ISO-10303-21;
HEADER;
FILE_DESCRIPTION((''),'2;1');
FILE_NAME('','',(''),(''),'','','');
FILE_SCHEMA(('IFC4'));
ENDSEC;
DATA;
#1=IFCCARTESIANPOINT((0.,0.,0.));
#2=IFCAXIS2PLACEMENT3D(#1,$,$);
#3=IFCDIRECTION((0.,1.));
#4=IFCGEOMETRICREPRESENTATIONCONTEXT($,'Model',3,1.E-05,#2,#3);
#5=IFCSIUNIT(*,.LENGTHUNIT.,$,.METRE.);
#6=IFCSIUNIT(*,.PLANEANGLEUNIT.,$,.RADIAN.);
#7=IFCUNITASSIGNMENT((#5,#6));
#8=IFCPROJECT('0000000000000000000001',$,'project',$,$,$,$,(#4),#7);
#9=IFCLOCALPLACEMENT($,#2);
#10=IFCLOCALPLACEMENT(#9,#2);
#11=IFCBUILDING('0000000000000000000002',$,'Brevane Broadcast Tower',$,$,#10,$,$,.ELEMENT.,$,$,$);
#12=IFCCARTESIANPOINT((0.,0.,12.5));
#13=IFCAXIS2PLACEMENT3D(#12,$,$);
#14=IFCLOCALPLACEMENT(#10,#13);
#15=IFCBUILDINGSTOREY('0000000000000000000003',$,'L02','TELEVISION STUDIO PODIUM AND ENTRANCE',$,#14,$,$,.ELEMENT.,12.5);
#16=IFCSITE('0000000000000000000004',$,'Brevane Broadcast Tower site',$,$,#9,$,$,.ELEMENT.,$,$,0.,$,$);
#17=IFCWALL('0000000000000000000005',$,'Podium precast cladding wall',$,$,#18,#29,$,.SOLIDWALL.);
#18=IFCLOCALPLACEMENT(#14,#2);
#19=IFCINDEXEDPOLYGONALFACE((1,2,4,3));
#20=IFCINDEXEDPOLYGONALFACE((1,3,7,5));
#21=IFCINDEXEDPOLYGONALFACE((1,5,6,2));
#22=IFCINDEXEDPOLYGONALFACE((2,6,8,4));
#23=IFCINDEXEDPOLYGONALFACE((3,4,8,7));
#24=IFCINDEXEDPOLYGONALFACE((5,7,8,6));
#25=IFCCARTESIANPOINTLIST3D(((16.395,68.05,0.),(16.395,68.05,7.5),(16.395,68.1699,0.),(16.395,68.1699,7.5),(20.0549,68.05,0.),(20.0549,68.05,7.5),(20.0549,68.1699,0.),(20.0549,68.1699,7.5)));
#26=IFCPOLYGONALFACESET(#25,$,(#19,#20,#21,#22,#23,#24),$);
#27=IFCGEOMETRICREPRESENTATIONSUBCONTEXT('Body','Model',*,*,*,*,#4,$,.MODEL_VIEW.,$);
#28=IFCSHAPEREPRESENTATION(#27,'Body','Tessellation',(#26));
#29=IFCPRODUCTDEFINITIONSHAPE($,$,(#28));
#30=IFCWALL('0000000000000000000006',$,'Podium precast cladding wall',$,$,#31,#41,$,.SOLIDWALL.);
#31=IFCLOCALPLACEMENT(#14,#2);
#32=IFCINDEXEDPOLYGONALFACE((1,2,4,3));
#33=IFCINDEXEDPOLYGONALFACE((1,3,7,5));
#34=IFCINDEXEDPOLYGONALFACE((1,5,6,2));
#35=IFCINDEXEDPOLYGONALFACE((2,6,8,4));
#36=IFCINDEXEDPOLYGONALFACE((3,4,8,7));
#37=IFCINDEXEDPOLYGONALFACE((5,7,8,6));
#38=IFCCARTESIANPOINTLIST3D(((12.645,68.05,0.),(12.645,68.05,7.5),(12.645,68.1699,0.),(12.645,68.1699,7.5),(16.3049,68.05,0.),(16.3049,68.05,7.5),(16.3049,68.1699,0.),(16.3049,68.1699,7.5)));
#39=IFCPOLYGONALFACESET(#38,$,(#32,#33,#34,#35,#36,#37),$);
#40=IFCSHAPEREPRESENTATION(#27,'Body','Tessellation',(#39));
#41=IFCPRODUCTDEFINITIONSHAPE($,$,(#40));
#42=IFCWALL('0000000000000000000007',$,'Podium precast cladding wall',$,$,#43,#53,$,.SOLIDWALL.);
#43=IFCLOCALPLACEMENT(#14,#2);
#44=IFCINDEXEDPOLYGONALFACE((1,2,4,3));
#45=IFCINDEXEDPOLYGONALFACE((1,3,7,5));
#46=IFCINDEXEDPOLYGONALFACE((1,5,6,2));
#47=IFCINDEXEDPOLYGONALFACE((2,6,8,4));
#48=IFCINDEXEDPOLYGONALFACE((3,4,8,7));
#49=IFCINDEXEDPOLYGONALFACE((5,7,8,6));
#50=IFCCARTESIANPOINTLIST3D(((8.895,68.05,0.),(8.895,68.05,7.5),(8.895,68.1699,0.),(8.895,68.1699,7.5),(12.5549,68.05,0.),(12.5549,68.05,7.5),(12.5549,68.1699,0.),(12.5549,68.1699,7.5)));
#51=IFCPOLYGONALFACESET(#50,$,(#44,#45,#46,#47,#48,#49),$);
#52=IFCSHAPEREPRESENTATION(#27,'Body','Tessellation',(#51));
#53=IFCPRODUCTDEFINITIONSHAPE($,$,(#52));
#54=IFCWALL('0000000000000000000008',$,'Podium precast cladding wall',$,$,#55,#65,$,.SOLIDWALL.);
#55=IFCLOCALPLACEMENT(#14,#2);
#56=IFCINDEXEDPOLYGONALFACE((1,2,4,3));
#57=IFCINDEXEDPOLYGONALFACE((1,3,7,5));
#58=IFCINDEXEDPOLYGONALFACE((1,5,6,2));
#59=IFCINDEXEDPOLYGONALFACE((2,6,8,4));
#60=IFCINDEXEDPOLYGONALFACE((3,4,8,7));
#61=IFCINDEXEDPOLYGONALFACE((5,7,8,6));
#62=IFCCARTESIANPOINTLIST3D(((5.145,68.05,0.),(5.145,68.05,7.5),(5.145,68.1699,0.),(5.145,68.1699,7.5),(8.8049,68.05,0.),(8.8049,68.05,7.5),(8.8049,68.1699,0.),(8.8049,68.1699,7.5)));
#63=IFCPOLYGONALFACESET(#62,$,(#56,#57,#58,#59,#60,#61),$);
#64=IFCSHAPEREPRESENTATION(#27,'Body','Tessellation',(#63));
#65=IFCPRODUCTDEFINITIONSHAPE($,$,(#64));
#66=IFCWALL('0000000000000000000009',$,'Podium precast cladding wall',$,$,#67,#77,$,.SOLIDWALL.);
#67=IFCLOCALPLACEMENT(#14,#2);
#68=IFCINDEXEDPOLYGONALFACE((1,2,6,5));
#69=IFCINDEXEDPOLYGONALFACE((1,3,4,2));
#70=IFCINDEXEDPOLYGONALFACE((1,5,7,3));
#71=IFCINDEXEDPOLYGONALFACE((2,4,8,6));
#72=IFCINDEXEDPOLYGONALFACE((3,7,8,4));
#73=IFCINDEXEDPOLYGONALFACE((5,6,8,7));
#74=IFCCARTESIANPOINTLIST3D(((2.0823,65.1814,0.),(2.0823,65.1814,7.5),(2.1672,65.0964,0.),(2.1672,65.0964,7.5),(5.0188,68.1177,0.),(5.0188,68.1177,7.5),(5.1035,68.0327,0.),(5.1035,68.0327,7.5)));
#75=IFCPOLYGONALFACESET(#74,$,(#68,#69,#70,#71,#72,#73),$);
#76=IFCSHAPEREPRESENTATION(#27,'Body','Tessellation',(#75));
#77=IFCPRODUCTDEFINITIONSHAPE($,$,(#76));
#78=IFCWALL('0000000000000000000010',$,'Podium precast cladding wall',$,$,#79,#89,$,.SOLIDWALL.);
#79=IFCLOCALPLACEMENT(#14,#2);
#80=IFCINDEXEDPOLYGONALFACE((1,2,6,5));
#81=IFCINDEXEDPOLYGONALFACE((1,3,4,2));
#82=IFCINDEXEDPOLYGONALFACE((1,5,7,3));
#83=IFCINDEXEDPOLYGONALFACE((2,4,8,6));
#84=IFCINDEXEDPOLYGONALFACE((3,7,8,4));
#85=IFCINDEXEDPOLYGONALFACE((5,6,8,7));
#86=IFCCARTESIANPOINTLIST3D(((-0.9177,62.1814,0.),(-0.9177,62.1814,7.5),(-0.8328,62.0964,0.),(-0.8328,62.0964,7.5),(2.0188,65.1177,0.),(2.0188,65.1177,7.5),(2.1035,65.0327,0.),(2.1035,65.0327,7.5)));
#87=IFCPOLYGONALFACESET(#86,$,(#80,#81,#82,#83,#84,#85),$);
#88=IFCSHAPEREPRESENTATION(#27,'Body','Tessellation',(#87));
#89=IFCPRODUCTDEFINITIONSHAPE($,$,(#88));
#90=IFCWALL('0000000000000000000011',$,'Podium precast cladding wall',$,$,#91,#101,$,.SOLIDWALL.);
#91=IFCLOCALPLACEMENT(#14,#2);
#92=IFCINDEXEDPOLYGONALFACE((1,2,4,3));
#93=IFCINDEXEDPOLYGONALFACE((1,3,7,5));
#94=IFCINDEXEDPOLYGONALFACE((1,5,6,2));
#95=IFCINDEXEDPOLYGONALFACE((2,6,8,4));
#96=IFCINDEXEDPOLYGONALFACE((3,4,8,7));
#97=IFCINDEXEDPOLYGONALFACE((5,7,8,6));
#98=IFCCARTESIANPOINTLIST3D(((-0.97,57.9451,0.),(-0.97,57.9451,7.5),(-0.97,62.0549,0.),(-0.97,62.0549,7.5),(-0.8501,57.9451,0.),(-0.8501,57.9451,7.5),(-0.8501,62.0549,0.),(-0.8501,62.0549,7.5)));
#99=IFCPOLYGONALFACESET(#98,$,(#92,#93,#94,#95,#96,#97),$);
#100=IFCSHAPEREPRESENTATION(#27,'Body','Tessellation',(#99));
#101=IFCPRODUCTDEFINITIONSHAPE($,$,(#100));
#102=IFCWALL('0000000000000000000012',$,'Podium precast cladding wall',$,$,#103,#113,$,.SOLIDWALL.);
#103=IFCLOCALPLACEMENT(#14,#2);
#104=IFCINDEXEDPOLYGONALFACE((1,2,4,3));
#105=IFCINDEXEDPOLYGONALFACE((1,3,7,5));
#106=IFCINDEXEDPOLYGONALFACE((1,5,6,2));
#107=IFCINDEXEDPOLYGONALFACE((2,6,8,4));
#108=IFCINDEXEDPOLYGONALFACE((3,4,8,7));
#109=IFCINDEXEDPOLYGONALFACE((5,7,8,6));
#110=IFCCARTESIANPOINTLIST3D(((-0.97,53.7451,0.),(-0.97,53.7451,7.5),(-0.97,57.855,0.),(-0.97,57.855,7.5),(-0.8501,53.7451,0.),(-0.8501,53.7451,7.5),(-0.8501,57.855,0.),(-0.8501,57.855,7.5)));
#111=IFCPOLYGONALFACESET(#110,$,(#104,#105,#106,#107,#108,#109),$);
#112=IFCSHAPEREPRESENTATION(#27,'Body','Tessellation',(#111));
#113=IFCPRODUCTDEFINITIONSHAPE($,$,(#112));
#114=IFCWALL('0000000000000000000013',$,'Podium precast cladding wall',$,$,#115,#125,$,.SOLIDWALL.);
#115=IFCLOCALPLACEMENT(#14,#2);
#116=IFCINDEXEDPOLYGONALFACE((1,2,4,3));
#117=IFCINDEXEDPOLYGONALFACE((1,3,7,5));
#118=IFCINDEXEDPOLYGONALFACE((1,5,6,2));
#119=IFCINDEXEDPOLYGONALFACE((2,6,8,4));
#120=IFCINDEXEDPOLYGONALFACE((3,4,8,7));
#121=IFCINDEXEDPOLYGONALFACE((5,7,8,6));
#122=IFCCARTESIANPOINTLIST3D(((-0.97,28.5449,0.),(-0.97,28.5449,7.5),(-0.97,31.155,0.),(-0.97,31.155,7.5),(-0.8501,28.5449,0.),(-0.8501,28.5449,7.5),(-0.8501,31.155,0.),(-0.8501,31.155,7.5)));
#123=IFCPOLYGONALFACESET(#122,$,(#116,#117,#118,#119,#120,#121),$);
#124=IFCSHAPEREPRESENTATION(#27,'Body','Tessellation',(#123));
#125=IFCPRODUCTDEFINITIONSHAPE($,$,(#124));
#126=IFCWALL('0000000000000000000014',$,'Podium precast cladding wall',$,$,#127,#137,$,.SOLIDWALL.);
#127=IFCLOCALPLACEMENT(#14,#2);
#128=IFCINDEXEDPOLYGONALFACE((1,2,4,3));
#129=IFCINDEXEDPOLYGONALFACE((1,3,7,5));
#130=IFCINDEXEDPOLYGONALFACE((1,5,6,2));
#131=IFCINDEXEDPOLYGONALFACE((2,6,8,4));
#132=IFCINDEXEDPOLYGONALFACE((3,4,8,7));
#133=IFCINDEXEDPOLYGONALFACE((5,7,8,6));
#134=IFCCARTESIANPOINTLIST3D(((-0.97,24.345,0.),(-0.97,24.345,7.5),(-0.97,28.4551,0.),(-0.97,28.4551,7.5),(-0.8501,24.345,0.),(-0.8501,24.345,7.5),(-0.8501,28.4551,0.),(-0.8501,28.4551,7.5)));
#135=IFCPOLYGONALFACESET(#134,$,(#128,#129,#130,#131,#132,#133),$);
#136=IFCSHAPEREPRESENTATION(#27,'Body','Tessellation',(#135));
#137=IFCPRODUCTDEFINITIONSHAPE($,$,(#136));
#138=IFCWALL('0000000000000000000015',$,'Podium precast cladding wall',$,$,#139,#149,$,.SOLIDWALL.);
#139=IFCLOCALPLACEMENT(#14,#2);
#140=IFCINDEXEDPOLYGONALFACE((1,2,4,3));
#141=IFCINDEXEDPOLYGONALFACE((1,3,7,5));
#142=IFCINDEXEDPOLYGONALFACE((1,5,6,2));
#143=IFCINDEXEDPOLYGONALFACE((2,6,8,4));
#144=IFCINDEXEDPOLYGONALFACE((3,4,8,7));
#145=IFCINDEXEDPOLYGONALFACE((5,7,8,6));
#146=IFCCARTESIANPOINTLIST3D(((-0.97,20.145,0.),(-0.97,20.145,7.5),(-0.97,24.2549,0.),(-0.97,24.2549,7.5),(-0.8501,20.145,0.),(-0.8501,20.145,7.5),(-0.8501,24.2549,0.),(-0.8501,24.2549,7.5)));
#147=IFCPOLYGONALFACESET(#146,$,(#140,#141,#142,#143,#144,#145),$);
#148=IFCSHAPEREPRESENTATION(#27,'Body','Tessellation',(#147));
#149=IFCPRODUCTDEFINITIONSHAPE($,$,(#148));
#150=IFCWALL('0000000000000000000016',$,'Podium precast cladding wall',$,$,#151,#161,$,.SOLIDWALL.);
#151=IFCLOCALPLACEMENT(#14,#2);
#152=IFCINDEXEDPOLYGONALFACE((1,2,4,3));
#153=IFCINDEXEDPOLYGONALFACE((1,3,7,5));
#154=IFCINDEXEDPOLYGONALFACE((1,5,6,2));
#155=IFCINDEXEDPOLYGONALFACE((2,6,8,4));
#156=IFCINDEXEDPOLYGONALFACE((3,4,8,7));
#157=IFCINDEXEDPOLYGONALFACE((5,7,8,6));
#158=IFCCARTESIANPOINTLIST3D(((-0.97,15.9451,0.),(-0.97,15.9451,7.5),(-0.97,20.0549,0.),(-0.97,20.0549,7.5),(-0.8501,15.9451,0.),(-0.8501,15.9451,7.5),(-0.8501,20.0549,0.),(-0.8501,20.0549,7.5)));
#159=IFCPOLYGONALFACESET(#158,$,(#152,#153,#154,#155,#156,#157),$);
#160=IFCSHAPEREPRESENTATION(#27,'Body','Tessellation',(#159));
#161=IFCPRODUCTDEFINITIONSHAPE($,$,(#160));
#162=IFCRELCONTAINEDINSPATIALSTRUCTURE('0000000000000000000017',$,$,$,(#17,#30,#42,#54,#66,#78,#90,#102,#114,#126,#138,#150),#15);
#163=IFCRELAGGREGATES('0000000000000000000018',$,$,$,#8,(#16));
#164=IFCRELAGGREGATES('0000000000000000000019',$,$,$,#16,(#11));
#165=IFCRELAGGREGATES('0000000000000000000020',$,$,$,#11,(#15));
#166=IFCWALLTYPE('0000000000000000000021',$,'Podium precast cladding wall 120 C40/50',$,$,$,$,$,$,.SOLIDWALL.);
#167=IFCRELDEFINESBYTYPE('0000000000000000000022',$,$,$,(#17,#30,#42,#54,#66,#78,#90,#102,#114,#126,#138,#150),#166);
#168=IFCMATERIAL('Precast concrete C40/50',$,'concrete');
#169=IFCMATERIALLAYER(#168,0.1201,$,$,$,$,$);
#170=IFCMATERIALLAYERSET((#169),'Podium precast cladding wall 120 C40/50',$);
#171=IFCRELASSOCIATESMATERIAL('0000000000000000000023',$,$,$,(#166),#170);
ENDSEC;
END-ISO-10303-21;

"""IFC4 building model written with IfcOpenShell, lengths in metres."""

from ifc_helpers import new_model, si_unit, direction, frame, origin, place, context, subcontext, project, spatial, polyline, outline, extrude, material, layer, layer_set, type_object, element, save


model = new_model("IFC4")

# Units and contexts
model_context = context("Model", 3, precision=1e-05, world=origin(), true_north=direction((0.0, 1.0)))
body_context = subcontext(model_context, "Body", "Model", "MODEL_VIEW")
ifc_project = project(units=[si_unit("LENGTHUNIT", "METRE"), si_unit("PLANEANGLEUNIT", "RADIAN")], contexts=[model_context])

# Site, building, storey
site_placement = place(None, origin())
site = spatial("IfcSite", under=ifc_project, at=site_placement, Name="Brevane Broadcast Tower site", CompositionType="ELEMENT", RefElevation=0.0)
building_placement = place(site_placement, origin())
building = spatial("IfcBuilding", under=site, at=building_placement, Name="Brevane Broadcast Tower", CompositionType="ELEMENT")
storey_placement = place(building_placement, frame((0.0, 0.0, 12.5)))
storey = spatial("IfcBuildingStorey", under=building, at=storey_placement, Name="L02", Description="TELEVISION STUDIO PODIUM AND ENTRANCE", CompositionType="ELEMENT", Elevation=12.5)

# Walls
ifc_material_1 = material(Name="Precast concrete C40/50", Category="concrete")
ifc_layer = layer(ifc_material_1, 0.1201)
ifc_layer_set = layer_set([ifc_layer], Name="Podium precast cladding wall 120 C40/50")
wall_type = type_object("IfcWallType", Name="Podium precast cladding wall 120 C40/50", PredefinedType="SOLIDWALL", material=ifc_layer_set)
wall_1_placement = place(storey_placement, origin())
element("IfcWall", 1, at=wall_1_placement, inside=storey, type_object=wall_type, Name="Podium precast cladding wall", PredefinedType="SOLIDWALL", context=body_context, shape_type="SweptSolid", body=[
    extrude(outline(polyline([(16.395, 68.1699), (16.395, 68.05), (20.0549, 68.05), (20.0549, 68.1699), (16.395, 68.1699)])), origin(), (0.0, 0.0, 1.0), 7.5),
])
wall_2_placement = place(storey_placement, origin())
element("IfcWall", 2, at=wall_2_placement, inside=storey, type_object=wall_type, Name="Podium precast cladding wall", PredefinedType="SOLIDWALL", context=body_context, shape_type="SweptSolid", body=[
    extrude(outline(polyline([(12.645, 68.1699), (12.645, 68.05), (16.3049, 68.05), (16.3049, 68.1699), (12.645, 68.1699)])), origin(), (0.0, 0.0, 1.0), 7.5),
])
wall_3_placement = place(storey_placement, origin())
element("IfcWall", 3, at=wall_3_placement, inside=storey, type_object=wall_type, Name="Podium precast cladding wall", PredefinedType="SOLIDWALL", context=body_context, shape_type="SweptSolid", body=[
    extrude(outline(polyline([(8.895, 68.1699), (8.895, 68.05), (12.5549, 68.05), (12.5549, 68.1699), (8.895, 68.1699)])), origin(), (0.0, 0.0, 1.0), 7.5),
])
wall_4_placement = place(storey_placement, origin())
element("IfcWall", 4, at=wall_4_placement, inside=storey, type_object=wall_type, Name="Podium precast cladding wall", PredefinedType="SOLIDWALL", context=body_context, shape_type="SweptSolid", body=[
    extrude(outline(polyline([(5.145, 68.1699), (5.145, 68.05), (8.8049, 68.05), (8.8049, 68.1699), (5.145, 68.1699)])), origin(), (0.0, 0.0, 1.0), 7.5),
])
wall_5_placement = place(storey_placement, origin())
element("IfcWall", 5, at=wall_5_placement, inside=storey, type_object=wall_type, Name="Podium precast cladding wall", PredefinedType="SOLIDWALL", context=body_context, shape_type="SweptSolid", body=[
    extrude(outline(polyline([(5.1035, 68.0327), (2.1672, 65.0964), (2.0823, 65.1814), (5.0188, 68.1177), (5.1035, 68.0327)])), origin(), (0.0, 0.0, 1.0), 7.5),
])
wall_6_placement = place(storey_placement, origin())
element("IfcWall", 6, at=wall_6_placement, inside=storey, type_object=wall_type, Name="Podium precast cladding wall", PredefinedType="SOLIDWALL", context=body_context, shape_type="SweptSolid", body=[
    extrude(outline(polyline([(2.1035, 65.0327), (-0.8328, 62.0964), (-0.9177, 62.1814), (2.0188, 65.1177), (2.1035, 65.0327)])), origin(), (0.0, 0.0, 1.0), 7.5),
])
wall_7_placement = place(storey_placement, origin())
element("IfcWall", 7, at=wall_7_placement, inside=storey, type_object=wall_type, Name="Podium precast cladding wall", PredefinedType="SOLIDWALL", context=body_context, shape_type="SweptSolid", body=[
    extrude(outline(polyline([(-0.97, 57.9451), (-0.8501, 57.9451), (-0.8501, 62.0549), (-0.97, 62.0549), (-0.97, 57.9451)])), origin(), (0.0, 0.0, 1.0), 7.5),
])
wall_8_placement = place(storey_placement, origin())
element("IfcWall", 8, at=wall_8_placement, inside=storey, type_object=wall_type, Name="Podium precast cladding wall", PredefinedType="SOLIDWALL", context=body_context, shape_type="SweptSolid", body=[
    extrude(outline(polyline([(-0.97, 53.7451), (-0.8501, 53.7451), (-0.8501, 57.855), (-0.97, 57.855), (-0.97, 53.7451)])), origin(), (0.0, 0.0, 1.0), 7.5),
])
wall_9_placement = place(storey_placement, origin())
element("IfcWall", 9, at=wall_9_placement, inside=storey, type_object=wall_type, Name="Podium precast cladding wall", PredefinedType="SOLIDWALL", context=body_context, shape_type="SweptSolid", body=[
    extrude(outline(polyline([(-0.97, 28.5449), (-0.8501, 28.5449), (-0.8501, 31.155), (-0.97, 31.155), (-0.97, 28.5449)])), origin(), (0.0, 0.0, 1.0), 7.5),
])
wall_10_placement = place(storey_placement, origin())
element("IfcWall", 10, at=wall_10_placement, inside=storey, type_object=wall_type, Name="Podium precast cladding wall", PredefinedType="SOLIDWALL", context=body_context, shape_type="SweptSolid", body=[
    extrude(outline(polyline([(-0.97, 24.345), (-0.8501, 24.345), (-0.8501, 28.4551), (-0.97, 28.4551), (-0.97, 24.345)])), origin(), (0.0, 0.0, 1.0), 7.5),
])
wall_11_placement = place(storey_placement, origin())
element("IfcWall", 11, at=wall_11_placement, inside=storey, type_object=wall_type, Name="Podium precast cladding wall", PredefinedType="SOLIDWALL", context=body_context, shape_type="SweptSolid", body=[
    extrude(outline(polyline([(-0.97, 20.145), (-0.8501, 20.145), (-0.8501, 24.2549), (-0.97, 24.2549), (-0.97, 20.145)])), origin(), (0.0, 0.0, 1.0), 7.5),
])
wall_12_placement = place(storey_placement, origin())
element("IfcWall", 12, at=wall_12_placement, inside=storey, type_object=wall_type, Name="Podium precast cladding wall", PredefinedType="SOLIDWALL", context=body_context, shape_type="SweptSolid", body=[
    extrude(outline(polyline([(-0.97, 15.9451), (-0.8501, 15.9451), (-0.8501, 20.0549), (-0.97, 20.0549), (-0.97, 15.9451)])), origin(), (0.0, 0.0, 1.0), 7.5),
])

save(model, "model.ifc")
